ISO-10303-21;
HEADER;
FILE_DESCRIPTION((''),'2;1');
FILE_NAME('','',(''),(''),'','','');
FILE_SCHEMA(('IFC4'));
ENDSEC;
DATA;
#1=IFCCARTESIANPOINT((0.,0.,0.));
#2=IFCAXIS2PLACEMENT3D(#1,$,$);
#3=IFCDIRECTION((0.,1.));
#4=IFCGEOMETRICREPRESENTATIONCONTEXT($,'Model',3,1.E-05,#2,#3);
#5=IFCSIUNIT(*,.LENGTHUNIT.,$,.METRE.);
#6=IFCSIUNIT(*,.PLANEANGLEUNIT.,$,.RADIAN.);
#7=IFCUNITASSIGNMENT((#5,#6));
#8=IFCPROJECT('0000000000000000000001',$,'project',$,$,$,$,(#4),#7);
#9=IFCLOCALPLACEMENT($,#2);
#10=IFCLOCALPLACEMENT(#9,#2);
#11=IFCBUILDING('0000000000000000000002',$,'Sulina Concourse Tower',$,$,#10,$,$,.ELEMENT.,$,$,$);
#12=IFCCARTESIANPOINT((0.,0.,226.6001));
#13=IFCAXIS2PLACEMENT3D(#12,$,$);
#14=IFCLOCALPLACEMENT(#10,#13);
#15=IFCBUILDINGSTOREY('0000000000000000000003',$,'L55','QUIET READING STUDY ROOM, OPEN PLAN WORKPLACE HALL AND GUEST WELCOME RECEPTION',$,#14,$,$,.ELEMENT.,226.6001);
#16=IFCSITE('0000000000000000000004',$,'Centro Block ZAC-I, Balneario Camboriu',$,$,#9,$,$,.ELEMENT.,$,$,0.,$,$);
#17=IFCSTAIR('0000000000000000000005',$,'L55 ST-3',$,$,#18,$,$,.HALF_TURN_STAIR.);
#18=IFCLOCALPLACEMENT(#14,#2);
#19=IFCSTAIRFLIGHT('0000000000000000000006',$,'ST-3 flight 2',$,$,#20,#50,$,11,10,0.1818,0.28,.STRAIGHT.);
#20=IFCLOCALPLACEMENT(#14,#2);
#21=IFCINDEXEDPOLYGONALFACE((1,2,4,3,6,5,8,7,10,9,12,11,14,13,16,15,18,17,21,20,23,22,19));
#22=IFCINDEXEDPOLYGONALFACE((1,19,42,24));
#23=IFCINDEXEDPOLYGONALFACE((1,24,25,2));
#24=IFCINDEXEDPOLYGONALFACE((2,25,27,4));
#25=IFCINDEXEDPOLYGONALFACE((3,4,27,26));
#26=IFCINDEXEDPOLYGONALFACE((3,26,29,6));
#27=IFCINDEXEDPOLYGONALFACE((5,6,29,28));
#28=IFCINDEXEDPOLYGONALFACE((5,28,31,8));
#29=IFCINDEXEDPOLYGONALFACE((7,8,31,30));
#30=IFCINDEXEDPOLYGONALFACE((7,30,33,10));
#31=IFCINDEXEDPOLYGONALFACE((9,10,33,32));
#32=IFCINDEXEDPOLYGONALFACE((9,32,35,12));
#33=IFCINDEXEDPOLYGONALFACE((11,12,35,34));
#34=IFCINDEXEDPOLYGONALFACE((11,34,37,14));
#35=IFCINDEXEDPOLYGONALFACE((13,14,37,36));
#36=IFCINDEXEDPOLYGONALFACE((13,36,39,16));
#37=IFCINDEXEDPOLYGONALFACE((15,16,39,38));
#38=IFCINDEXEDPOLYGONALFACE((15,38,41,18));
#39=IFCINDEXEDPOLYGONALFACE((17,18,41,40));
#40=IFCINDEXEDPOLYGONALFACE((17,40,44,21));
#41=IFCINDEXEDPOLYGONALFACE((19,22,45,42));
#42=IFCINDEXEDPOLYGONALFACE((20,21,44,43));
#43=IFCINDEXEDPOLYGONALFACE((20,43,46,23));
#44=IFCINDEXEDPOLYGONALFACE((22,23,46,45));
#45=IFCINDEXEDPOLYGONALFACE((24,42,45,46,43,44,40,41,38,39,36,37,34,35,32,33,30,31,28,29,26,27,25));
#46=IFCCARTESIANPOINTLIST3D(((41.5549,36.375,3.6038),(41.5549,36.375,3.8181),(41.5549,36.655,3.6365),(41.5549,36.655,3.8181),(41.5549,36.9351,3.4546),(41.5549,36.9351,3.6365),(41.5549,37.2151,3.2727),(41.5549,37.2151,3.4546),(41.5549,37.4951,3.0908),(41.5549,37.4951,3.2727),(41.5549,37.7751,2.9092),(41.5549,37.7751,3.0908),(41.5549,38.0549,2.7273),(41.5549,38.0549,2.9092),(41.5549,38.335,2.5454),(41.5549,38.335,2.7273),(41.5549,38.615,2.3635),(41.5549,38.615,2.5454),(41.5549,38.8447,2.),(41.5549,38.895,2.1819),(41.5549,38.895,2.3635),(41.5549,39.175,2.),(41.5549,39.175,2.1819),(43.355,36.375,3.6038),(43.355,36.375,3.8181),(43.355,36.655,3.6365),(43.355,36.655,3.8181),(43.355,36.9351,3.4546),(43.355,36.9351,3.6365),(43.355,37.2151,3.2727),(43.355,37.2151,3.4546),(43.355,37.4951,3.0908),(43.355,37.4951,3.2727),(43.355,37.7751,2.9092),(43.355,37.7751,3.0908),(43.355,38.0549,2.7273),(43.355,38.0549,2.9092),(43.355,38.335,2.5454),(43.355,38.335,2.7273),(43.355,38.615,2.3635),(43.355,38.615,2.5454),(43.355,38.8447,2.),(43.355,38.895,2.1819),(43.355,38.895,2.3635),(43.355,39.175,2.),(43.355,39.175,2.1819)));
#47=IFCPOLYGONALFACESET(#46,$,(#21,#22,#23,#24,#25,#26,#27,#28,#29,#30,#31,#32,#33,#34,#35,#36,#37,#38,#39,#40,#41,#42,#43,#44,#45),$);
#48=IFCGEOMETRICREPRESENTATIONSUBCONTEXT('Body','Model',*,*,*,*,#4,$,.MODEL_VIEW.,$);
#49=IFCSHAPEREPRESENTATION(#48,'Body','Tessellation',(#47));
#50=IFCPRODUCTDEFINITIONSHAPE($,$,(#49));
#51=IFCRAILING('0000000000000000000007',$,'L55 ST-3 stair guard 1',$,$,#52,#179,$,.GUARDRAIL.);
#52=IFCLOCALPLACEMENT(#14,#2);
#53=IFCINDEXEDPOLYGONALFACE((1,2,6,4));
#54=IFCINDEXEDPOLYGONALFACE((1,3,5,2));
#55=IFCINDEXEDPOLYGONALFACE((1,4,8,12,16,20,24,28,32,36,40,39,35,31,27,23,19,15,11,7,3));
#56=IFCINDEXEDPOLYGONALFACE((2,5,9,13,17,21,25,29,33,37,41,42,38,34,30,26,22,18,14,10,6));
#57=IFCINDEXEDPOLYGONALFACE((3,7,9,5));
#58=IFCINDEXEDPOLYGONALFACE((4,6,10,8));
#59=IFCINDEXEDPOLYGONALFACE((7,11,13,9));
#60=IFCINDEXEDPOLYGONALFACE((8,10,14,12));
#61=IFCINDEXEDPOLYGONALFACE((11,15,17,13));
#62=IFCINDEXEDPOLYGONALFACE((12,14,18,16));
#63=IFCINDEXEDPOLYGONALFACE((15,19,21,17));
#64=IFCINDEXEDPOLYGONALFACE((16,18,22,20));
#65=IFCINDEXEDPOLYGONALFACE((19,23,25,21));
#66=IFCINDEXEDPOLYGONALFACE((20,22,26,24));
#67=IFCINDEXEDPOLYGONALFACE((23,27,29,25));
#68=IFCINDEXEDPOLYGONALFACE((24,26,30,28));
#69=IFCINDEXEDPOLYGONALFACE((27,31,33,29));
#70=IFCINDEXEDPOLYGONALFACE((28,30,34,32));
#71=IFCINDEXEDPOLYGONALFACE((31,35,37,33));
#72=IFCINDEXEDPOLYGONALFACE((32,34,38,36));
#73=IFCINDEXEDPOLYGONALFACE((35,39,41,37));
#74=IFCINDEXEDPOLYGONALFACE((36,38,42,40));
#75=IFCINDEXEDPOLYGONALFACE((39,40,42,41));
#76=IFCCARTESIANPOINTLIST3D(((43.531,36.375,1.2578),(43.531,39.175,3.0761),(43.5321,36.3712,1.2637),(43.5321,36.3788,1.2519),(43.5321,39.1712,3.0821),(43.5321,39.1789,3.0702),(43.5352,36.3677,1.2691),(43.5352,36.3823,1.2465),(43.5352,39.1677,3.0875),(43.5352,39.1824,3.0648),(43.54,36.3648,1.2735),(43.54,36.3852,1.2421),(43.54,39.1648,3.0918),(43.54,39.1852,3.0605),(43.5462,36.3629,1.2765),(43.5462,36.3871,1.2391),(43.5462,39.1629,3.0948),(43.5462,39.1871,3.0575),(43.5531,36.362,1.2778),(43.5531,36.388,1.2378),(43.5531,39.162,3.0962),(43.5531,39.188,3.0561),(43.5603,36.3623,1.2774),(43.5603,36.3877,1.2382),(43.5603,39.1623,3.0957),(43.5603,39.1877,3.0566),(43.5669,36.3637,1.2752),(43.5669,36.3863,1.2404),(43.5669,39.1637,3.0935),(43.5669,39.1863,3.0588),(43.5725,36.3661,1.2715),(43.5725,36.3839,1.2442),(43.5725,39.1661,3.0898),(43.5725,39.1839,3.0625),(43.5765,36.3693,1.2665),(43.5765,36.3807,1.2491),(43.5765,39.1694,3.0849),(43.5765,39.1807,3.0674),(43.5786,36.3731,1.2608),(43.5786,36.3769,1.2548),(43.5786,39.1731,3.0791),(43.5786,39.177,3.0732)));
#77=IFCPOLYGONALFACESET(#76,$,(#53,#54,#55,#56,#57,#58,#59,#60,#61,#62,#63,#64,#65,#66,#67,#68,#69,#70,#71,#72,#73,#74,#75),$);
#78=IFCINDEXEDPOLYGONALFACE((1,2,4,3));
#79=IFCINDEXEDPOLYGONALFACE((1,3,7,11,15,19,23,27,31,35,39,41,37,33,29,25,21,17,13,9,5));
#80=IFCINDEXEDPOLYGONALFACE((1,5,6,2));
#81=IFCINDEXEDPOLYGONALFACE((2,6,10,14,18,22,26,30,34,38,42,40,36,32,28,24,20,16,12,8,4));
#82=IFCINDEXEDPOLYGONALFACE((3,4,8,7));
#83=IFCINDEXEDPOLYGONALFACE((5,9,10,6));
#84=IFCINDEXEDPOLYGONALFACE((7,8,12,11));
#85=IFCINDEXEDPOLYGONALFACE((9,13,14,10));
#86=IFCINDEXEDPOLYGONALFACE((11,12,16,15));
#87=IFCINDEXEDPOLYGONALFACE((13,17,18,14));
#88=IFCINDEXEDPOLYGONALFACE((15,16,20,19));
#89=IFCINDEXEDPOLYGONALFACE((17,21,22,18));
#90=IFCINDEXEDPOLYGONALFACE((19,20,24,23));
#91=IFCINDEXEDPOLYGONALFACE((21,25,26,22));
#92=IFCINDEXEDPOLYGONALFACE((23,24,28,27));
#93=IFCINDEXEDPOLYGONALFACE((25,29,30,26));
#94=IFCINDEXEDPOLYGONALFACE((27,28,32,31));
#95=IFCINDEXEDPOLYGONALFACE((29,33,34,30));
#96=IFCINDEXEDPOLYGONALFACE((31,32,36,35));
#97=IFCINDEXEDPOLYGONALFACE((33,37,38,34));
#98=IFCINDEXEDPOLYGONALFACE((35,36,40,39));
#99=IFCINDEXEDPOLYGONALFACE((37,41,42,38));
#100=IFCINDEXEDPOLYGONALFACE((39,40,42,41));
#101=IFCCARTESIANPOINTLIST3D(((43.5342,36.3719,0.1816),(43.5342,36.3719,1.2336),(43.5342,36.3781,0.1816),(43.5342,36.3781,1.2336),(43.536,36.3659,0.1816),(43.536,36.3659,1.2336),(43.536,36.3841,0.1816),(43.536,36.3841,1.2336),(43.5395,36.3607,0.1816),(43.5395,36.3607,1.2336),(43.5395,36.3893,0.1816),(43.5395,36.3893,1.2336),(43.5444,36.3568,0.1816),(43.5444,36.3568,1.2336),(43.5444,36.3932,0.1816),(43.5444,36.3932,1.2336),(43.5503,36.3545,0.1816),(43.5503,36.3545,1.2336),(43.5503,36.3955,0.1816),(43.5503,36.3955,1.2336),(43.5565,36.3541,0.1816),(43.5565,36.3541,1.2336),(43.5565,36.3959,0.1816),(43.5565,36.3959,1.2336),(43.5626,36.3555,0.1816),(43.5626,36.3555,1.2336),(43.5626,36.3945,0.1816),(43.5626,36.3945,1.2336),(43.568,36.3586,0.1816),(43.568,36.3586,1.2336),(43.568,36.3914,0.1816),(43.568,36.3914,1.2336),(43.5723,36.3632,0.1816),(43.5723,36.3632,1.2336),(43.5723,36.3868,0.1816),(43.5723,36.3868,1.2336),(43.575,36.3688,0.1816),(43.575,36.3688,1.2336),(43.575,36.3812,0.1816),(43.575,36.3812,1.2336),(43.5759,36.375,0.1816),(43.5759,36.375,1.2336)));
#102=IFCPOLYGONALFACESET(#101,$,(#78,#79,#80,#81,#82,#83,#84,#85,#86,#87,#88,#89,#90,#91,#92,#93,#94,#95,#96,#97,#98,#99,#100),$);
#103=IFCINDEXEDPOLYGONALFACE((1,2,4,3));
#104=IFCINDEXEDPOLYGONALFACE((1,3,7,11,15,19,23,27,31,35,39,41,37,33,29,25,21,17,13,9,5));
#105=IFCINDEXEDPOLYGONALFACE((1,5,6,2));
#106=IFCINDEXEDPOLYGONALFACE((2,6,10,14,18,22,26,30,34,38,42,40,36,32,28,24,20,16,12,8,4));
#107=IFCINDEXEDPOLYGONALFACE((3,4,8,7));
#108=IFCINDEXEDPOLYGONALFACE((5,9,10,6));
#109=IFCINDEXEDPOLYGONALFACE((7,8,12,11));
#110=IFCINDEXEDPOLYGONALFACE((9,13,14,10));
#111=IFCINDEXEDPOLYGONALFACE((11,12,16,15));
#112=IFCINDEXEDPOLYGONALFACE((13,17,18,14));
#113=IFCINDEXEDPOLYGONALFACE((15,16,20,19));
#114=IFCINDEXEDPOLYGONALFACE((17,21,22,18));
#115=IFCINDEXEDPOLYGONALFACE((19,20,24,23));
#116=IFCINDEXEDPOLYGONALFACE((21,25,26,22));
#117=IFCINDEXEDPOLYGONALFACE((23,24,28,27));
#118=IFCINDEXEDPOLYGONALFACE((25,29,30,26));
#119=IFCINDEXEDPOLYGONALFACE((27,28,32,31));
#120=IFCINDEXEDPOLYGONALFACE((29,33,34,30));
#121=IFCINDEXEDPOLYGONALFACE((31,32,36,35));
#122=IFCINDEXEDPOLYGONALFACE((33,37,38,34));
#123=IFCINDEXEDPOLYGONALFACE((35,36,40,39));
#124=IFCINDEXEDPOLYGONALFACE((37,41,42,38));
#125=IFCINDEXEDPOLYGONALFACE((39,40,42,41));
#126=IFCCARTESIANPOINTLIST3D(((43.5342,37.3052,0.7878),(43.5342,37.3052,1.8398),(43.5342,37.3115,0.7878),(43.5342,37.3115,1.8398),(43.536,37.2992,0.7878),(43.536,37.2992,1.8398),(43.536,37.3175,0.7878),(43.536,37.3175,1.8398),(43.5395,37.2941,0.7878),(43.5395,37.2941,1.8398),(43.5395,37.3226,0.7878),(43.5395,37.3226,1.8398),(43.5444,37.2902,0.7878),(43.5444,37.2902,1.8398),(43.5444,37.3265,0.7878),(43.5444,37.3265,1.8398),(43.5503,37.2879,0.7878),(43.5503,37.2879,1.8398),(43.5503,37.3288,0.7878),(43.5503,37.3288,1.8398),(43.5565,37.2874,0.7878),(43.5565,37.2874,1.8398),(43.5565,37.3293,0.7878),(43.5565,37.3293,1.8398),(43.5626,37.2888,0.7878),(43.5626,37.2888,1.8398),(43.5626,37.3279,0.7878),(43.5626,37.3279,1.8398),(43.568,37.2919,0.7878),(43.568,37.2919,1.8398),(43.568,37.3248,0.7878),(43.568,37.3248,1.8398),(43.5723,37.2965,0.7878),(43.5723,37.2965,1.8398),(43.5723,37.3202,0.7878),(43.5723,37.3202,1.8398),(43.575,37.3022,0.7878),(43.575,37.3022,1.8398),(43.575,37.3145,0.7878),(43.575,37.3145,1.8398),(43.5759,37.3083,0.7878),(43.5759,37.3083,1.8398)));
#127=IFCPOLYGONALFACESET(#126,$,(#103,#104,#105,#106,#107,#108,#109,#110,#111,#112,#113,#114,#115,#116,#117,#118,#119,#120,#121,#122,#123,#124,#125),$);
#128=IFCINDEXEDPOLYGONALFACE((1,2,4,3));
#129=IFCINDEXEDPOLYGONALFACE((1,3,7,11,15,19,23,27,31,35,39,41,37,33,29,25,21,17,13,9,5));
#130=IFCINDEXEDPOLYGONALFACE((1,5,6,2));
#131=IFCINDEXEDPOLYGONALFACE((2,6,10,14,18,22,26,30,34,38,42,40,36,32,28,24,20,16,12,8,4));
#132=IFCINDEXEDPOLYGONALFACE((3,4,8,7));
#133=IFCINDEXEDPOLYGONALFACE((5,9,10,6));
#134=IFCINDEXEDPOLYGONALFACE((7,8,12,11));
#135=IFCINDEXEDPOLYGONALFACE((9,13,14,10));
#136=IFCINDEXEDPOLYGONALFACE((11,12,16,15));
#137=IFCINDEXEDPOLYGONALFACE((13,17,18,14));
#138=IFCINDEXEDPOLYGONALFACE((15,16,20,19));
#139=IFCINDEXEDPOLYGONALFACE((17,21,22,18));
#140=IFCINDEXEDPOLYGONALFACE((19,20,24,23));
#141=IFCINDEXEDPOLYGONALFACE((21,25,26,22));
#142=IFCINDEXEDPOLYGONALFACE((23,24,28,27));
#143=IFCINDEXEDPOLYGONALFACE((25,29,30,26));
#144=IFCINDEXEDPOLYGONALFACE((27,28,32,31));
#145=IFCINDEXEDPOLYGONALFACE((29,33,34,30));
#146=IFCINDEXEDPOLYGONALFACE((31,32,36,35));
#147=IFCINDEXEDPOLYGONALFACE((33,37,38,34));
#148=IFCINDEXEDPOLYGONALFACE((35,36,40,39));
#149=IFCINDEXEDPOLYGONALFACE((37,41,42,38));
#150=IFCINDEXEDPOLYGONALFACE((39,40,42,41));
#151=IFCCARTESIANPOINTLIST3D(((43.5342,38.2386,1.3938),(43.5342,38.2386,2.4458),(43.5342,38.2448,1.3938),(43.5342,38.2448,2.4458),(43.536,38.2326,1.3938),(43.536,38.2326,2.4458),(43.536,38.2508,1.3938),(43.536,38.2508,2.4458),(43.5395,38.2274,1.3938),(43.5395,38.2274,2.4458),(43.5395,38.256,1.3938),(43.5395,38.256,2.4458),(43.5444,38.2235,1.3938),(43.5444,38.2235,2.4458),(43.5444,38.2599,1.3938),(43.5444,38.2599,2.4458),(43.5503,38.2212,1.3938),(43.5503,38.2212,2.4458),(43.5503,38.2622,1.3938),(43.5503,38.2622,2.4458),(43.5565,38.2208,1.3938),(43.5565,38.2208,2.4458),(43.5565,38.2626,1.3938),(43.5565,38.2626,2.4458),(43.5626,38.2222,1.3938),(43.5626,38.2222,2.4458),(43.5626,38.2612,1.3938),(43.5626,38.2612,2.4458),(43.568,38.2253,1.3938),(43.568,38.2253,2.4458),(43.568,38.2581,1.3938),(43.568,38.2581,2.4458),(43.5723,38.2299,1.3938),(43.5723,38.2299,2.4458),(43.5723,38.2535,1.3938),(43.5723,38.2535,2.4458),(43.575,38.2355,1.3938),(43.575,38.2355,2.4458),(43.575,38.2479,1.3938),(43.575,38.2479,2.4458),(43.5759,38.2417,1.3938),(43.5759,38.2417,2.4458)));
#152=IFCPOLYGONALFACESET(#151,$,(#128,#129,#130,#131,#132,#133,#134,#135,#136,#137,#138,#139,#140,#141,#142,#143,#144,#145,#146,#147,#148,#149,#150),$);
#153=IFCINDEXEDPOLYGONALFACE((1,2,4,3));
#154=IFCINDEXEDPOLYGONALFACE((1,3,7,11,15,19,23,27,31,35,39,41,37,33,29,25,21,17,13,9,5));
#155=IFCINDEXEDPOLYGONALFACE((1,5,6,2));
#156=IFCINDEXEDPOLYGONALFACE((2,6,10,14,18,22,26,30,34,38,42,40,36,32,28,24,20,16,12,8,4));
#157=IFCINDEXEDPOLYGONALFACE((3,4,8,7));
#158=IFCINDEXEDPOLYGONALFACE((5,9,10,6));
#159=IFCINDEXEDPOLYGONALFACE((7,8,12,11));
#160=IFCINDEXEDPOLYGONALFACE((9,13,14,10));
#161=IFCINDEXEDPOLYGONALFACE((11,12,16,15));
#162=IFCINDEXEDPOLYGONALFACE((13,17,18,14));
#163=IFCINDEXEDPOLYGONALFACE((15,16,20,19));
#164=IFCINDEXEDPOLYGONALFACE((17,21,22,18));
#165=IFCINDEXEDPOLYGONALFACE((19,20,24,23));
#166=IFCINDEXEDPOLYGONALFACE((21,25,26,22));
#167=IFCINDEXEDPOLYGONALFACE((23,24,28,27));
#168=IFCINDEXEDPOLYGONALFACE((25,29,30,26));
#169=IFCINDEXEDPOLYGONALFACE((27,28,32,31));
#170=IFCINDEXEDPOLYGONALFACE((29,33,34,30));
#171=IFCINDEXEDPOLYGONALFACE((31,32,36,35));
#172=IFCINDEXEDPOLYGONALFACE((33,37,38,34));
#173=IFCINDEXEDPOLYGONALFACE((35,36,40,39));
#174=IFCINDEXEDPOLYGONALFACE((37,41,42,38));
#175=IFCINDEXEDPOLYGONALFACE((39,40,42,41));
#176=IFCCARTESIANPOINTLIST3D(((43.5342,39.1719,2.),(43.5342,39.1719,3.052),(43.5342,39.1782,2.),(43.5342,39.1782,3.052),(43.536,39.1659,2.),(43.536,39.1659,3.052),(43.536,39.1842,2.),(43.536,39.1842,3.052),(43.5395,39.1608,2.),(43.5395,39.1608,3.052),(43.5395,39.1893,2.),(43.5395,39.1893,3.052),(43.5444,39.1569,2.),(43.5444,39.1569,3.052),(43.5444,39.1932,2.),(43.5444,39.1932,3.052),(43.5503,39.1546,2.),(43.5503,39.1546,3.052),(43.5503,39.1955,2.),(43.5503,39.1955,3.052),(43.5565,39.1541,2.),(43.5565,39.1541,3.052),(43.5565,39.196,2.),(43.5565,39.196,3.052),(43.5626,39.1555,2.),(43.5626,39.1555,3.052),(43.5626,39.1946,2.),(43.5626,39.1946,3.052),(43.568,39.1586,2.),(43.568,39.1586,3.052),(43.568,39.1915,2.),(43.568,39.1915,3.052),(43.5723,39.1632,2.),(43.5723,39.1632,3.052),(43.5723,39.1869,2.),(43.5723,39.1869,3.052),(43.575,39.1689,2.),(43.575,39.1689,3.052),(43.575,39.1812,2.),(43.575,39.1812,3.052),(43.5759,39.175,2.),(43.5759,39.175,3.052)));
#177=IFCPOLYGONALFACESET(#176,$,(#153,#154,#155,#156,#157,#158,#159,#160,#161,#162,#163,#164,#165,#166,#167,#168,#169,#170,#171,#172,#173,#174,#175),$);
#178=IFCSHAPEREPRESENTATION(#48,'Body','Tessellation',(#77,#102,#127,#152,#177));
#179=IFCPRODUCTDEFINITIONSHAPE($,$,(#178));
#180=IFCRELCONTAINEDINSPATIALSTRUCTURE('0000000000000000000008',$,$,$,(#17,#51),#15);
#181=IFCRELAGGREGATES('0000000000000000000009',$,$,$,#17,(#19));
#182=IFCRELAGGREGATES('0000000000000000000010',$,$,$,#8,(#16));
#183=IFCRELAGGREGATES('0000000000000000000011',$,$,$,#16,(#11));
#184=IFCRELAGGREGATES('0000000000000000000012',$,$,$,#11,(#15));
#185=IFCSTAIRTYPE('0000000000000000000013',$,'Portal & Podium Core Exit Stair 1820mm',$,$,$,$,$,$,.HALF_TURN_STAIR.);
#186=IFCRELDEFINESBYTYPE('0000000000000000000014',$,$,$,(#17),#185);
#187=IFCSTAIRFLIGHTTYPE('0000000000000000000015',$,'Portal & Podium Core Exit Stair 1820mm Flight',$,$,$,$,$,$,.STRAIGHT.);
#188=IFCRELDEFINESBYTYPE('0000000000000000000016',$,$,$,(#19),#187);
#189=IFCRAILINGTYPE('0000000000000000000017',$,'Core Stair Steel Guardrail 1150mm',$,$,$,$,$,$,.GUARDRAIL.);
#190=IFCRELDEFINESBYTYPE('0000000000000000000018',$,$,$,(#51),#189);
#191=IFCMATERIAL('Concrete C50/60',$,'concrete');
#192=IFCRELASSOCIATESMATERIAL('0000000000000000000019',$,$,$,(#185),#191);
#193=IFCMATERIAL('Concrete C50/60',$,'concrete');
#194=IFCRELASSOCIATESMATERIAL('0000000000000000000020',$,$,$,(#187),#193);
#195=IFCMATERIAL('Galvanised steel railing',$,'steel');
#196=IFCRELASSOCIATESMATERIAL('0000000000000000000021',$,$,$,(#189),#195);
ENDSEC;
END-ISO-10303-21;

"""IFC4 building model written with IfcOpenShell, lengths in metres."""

from ifc_helpers import new_model, si_unit, direction, frame, origin, origin_2d, place, context, subcontext, project, spatial, polyline, circle, outline, extrude, material, type_object, element, aggregate, save


model = new_model("IFC4")

# Units and contexts
model_context = context("Model", 3, precision=1e-05, world=origin(), true_north=direction((0.0, 1.0)))
body_context = subcontext(model_context, "Body", "Model", "MODEL_VIEW")
ifc_project = project(units=[si_unit("LENGTHUNIT", "METRE"), si_unit("PLANEANGLEUNIT", "RADIAN")], contexts=[model_context])

# Site, building, storey
site_placement = place(None, origin())
site = spatial("IfcSite", under=ifc_project, at=site_placement, Name="Centro Block ZAC-I, Balneario Camboriu", CompositionType="ELEMENT", RefElevation=0.0)
building_placement = place(site_placement, origin())
building = spatial("IfcBuilding", under=site, at=building_placement, Name="Sulina Concourse Tower", CompositionType="ELEMENT")
storey_placement = place(building_placement, frame((0.0, 0.0, 226.6001)))
storey = spatial("IfcBuildingStorey", under=building, at=storey_placement, Name="L55", Description="QUIET READING STUDY ROOM, OPEN PLAN WORKPLACE HALL AND GUEST WELCOME RECEPTION", CompositionType="ELEMENT", Elevation=226.6001)

# Stair, stair flight
ifc_material_1 = material(Name="Concrete C50/60", Category="concrete")
stair_type = type_object("IfcStairType", Name="Portal & Podium Core Exit Stair 1820mm", PredefinedType="HALF_TURN_STAIR", material=ifc_material_1)
stair_placement = place(storey_placement, origin())
stair = element("IfcStair", 1, at=stair_placement, inside=storey, type_object=stair_type, Name="L55 ST-3", PredefinedType="HALF_TURN_STAIR")
ifc_material_2 = material(Name="Concrete C50/60", Category="concrete")
stair_flight_type = type_object("IfcStairFlightType", Name="Portal & Podium Core Exit Stair 1820mm Flight", PredefinedType="STRAIGHT", material=ifc_material_2)
stair_flight_placement = place(storey_placement, frame((42.4551, 39.175, 2.0), z_axis=(0.0, 0.0, 1.0), x_axis=(0.0, -1.0, 0.0)))
stair_flight = element("IfcStairFlight", 2, at=stair_flight_placement, type_object=stair_flight_type, Name="ST-3 flight 2", NumberOfRisers=11, NumberOfTreads=10, PredefinedType="STRAIGHT", RiserHeight=0.1818, TreadLength=0.28, context=body_context, shape_type="SweptSolid", body=[
    extrude(outline(polyline([(0.0, 0.0), (0.0, 0.1819), (0.28, 0.1819), (0.28, 0.3635), (0.5601, 0.3635), (0.5601, 0.5454), (0.8401, 0.5454), (0.8401, 0.7273), (1.1201, 0.7273), (1.1201, 0.9092), (1.3999, 0.9092), (1.3999, 1.0908), (1.6799, 1.0908), (1.6799, 1.2727), (1.96, 1.2727), (1.96, 1.4546), (2.24, 1.4546), (2.24, 1.6365), (2.52, 1.6365), (2.52, 1.8181), (2.8, 1.8181), (2.8, 2.0), (2.8, 1.6038), (0.3303, 0.0), (0.0, 0.0)])), frame((0.0, 0.8999, 0.0), z_axis=(0.0, -1.0, 0.0), x_axis=(1.0, 0.0, 0.0)), (0.0, 0.0, 1.0), 1.8),
])
aggregate(stair, [stair_flight])

# Railing
ifc_material_3 = material(Name="Galvanised steel railing", Category="steel")
railing_type_1 = type_object("IfcRailingType", Name="Core Stair Steel Guardrail 1150mm", PredefinedType="GUARDRAIL", material=ifc_material_3)
railing_1_placement = place(storey_placement, frame((43.5549, 36.375, 0.1816)))
element("IfcRailing", 3, at=railing_1_placement, inside=storey, type_object=railing_type_1, Name="L55 ST-3 stair guard 1", PredefinedType="GUARDRAIL", context=body_context, shape_type="SweptSolid", body=[
    extrude(circle(Radius=0.0239, at=origin_2d()), frame((0.0, 0.0, 1.0762), z_axis=(0.0, 0.838672, 0.544636), x_axis=(-1.0, 0.0, 0.0)), (0.0, 0.0, 1.0), 3.3386),
    extrude(circle(Radius=0.021, at=origin_2d()), origin(), (0.0, 0.0, 1.0), 1.052),
    extrude(circle(Radius=0.021, at=origin_2d()), frame((0.0, 0.9333, 0.6062)), (0.0, 0.0, 1.0), 1.052),
    extrude(circle(Radius=0.021, at=origin_2d()), frame((0.0, 1.8667, 1.2122)), (0.0, 0.0, 1.0), 1.052),
    extrude(circle(Radius=0.021, at=origin_2d()), frame((0.0, 2.8, 1.8184)), (0.0, 0.0, 1.0), 1.052),
])

save(model, "model.ifc")
